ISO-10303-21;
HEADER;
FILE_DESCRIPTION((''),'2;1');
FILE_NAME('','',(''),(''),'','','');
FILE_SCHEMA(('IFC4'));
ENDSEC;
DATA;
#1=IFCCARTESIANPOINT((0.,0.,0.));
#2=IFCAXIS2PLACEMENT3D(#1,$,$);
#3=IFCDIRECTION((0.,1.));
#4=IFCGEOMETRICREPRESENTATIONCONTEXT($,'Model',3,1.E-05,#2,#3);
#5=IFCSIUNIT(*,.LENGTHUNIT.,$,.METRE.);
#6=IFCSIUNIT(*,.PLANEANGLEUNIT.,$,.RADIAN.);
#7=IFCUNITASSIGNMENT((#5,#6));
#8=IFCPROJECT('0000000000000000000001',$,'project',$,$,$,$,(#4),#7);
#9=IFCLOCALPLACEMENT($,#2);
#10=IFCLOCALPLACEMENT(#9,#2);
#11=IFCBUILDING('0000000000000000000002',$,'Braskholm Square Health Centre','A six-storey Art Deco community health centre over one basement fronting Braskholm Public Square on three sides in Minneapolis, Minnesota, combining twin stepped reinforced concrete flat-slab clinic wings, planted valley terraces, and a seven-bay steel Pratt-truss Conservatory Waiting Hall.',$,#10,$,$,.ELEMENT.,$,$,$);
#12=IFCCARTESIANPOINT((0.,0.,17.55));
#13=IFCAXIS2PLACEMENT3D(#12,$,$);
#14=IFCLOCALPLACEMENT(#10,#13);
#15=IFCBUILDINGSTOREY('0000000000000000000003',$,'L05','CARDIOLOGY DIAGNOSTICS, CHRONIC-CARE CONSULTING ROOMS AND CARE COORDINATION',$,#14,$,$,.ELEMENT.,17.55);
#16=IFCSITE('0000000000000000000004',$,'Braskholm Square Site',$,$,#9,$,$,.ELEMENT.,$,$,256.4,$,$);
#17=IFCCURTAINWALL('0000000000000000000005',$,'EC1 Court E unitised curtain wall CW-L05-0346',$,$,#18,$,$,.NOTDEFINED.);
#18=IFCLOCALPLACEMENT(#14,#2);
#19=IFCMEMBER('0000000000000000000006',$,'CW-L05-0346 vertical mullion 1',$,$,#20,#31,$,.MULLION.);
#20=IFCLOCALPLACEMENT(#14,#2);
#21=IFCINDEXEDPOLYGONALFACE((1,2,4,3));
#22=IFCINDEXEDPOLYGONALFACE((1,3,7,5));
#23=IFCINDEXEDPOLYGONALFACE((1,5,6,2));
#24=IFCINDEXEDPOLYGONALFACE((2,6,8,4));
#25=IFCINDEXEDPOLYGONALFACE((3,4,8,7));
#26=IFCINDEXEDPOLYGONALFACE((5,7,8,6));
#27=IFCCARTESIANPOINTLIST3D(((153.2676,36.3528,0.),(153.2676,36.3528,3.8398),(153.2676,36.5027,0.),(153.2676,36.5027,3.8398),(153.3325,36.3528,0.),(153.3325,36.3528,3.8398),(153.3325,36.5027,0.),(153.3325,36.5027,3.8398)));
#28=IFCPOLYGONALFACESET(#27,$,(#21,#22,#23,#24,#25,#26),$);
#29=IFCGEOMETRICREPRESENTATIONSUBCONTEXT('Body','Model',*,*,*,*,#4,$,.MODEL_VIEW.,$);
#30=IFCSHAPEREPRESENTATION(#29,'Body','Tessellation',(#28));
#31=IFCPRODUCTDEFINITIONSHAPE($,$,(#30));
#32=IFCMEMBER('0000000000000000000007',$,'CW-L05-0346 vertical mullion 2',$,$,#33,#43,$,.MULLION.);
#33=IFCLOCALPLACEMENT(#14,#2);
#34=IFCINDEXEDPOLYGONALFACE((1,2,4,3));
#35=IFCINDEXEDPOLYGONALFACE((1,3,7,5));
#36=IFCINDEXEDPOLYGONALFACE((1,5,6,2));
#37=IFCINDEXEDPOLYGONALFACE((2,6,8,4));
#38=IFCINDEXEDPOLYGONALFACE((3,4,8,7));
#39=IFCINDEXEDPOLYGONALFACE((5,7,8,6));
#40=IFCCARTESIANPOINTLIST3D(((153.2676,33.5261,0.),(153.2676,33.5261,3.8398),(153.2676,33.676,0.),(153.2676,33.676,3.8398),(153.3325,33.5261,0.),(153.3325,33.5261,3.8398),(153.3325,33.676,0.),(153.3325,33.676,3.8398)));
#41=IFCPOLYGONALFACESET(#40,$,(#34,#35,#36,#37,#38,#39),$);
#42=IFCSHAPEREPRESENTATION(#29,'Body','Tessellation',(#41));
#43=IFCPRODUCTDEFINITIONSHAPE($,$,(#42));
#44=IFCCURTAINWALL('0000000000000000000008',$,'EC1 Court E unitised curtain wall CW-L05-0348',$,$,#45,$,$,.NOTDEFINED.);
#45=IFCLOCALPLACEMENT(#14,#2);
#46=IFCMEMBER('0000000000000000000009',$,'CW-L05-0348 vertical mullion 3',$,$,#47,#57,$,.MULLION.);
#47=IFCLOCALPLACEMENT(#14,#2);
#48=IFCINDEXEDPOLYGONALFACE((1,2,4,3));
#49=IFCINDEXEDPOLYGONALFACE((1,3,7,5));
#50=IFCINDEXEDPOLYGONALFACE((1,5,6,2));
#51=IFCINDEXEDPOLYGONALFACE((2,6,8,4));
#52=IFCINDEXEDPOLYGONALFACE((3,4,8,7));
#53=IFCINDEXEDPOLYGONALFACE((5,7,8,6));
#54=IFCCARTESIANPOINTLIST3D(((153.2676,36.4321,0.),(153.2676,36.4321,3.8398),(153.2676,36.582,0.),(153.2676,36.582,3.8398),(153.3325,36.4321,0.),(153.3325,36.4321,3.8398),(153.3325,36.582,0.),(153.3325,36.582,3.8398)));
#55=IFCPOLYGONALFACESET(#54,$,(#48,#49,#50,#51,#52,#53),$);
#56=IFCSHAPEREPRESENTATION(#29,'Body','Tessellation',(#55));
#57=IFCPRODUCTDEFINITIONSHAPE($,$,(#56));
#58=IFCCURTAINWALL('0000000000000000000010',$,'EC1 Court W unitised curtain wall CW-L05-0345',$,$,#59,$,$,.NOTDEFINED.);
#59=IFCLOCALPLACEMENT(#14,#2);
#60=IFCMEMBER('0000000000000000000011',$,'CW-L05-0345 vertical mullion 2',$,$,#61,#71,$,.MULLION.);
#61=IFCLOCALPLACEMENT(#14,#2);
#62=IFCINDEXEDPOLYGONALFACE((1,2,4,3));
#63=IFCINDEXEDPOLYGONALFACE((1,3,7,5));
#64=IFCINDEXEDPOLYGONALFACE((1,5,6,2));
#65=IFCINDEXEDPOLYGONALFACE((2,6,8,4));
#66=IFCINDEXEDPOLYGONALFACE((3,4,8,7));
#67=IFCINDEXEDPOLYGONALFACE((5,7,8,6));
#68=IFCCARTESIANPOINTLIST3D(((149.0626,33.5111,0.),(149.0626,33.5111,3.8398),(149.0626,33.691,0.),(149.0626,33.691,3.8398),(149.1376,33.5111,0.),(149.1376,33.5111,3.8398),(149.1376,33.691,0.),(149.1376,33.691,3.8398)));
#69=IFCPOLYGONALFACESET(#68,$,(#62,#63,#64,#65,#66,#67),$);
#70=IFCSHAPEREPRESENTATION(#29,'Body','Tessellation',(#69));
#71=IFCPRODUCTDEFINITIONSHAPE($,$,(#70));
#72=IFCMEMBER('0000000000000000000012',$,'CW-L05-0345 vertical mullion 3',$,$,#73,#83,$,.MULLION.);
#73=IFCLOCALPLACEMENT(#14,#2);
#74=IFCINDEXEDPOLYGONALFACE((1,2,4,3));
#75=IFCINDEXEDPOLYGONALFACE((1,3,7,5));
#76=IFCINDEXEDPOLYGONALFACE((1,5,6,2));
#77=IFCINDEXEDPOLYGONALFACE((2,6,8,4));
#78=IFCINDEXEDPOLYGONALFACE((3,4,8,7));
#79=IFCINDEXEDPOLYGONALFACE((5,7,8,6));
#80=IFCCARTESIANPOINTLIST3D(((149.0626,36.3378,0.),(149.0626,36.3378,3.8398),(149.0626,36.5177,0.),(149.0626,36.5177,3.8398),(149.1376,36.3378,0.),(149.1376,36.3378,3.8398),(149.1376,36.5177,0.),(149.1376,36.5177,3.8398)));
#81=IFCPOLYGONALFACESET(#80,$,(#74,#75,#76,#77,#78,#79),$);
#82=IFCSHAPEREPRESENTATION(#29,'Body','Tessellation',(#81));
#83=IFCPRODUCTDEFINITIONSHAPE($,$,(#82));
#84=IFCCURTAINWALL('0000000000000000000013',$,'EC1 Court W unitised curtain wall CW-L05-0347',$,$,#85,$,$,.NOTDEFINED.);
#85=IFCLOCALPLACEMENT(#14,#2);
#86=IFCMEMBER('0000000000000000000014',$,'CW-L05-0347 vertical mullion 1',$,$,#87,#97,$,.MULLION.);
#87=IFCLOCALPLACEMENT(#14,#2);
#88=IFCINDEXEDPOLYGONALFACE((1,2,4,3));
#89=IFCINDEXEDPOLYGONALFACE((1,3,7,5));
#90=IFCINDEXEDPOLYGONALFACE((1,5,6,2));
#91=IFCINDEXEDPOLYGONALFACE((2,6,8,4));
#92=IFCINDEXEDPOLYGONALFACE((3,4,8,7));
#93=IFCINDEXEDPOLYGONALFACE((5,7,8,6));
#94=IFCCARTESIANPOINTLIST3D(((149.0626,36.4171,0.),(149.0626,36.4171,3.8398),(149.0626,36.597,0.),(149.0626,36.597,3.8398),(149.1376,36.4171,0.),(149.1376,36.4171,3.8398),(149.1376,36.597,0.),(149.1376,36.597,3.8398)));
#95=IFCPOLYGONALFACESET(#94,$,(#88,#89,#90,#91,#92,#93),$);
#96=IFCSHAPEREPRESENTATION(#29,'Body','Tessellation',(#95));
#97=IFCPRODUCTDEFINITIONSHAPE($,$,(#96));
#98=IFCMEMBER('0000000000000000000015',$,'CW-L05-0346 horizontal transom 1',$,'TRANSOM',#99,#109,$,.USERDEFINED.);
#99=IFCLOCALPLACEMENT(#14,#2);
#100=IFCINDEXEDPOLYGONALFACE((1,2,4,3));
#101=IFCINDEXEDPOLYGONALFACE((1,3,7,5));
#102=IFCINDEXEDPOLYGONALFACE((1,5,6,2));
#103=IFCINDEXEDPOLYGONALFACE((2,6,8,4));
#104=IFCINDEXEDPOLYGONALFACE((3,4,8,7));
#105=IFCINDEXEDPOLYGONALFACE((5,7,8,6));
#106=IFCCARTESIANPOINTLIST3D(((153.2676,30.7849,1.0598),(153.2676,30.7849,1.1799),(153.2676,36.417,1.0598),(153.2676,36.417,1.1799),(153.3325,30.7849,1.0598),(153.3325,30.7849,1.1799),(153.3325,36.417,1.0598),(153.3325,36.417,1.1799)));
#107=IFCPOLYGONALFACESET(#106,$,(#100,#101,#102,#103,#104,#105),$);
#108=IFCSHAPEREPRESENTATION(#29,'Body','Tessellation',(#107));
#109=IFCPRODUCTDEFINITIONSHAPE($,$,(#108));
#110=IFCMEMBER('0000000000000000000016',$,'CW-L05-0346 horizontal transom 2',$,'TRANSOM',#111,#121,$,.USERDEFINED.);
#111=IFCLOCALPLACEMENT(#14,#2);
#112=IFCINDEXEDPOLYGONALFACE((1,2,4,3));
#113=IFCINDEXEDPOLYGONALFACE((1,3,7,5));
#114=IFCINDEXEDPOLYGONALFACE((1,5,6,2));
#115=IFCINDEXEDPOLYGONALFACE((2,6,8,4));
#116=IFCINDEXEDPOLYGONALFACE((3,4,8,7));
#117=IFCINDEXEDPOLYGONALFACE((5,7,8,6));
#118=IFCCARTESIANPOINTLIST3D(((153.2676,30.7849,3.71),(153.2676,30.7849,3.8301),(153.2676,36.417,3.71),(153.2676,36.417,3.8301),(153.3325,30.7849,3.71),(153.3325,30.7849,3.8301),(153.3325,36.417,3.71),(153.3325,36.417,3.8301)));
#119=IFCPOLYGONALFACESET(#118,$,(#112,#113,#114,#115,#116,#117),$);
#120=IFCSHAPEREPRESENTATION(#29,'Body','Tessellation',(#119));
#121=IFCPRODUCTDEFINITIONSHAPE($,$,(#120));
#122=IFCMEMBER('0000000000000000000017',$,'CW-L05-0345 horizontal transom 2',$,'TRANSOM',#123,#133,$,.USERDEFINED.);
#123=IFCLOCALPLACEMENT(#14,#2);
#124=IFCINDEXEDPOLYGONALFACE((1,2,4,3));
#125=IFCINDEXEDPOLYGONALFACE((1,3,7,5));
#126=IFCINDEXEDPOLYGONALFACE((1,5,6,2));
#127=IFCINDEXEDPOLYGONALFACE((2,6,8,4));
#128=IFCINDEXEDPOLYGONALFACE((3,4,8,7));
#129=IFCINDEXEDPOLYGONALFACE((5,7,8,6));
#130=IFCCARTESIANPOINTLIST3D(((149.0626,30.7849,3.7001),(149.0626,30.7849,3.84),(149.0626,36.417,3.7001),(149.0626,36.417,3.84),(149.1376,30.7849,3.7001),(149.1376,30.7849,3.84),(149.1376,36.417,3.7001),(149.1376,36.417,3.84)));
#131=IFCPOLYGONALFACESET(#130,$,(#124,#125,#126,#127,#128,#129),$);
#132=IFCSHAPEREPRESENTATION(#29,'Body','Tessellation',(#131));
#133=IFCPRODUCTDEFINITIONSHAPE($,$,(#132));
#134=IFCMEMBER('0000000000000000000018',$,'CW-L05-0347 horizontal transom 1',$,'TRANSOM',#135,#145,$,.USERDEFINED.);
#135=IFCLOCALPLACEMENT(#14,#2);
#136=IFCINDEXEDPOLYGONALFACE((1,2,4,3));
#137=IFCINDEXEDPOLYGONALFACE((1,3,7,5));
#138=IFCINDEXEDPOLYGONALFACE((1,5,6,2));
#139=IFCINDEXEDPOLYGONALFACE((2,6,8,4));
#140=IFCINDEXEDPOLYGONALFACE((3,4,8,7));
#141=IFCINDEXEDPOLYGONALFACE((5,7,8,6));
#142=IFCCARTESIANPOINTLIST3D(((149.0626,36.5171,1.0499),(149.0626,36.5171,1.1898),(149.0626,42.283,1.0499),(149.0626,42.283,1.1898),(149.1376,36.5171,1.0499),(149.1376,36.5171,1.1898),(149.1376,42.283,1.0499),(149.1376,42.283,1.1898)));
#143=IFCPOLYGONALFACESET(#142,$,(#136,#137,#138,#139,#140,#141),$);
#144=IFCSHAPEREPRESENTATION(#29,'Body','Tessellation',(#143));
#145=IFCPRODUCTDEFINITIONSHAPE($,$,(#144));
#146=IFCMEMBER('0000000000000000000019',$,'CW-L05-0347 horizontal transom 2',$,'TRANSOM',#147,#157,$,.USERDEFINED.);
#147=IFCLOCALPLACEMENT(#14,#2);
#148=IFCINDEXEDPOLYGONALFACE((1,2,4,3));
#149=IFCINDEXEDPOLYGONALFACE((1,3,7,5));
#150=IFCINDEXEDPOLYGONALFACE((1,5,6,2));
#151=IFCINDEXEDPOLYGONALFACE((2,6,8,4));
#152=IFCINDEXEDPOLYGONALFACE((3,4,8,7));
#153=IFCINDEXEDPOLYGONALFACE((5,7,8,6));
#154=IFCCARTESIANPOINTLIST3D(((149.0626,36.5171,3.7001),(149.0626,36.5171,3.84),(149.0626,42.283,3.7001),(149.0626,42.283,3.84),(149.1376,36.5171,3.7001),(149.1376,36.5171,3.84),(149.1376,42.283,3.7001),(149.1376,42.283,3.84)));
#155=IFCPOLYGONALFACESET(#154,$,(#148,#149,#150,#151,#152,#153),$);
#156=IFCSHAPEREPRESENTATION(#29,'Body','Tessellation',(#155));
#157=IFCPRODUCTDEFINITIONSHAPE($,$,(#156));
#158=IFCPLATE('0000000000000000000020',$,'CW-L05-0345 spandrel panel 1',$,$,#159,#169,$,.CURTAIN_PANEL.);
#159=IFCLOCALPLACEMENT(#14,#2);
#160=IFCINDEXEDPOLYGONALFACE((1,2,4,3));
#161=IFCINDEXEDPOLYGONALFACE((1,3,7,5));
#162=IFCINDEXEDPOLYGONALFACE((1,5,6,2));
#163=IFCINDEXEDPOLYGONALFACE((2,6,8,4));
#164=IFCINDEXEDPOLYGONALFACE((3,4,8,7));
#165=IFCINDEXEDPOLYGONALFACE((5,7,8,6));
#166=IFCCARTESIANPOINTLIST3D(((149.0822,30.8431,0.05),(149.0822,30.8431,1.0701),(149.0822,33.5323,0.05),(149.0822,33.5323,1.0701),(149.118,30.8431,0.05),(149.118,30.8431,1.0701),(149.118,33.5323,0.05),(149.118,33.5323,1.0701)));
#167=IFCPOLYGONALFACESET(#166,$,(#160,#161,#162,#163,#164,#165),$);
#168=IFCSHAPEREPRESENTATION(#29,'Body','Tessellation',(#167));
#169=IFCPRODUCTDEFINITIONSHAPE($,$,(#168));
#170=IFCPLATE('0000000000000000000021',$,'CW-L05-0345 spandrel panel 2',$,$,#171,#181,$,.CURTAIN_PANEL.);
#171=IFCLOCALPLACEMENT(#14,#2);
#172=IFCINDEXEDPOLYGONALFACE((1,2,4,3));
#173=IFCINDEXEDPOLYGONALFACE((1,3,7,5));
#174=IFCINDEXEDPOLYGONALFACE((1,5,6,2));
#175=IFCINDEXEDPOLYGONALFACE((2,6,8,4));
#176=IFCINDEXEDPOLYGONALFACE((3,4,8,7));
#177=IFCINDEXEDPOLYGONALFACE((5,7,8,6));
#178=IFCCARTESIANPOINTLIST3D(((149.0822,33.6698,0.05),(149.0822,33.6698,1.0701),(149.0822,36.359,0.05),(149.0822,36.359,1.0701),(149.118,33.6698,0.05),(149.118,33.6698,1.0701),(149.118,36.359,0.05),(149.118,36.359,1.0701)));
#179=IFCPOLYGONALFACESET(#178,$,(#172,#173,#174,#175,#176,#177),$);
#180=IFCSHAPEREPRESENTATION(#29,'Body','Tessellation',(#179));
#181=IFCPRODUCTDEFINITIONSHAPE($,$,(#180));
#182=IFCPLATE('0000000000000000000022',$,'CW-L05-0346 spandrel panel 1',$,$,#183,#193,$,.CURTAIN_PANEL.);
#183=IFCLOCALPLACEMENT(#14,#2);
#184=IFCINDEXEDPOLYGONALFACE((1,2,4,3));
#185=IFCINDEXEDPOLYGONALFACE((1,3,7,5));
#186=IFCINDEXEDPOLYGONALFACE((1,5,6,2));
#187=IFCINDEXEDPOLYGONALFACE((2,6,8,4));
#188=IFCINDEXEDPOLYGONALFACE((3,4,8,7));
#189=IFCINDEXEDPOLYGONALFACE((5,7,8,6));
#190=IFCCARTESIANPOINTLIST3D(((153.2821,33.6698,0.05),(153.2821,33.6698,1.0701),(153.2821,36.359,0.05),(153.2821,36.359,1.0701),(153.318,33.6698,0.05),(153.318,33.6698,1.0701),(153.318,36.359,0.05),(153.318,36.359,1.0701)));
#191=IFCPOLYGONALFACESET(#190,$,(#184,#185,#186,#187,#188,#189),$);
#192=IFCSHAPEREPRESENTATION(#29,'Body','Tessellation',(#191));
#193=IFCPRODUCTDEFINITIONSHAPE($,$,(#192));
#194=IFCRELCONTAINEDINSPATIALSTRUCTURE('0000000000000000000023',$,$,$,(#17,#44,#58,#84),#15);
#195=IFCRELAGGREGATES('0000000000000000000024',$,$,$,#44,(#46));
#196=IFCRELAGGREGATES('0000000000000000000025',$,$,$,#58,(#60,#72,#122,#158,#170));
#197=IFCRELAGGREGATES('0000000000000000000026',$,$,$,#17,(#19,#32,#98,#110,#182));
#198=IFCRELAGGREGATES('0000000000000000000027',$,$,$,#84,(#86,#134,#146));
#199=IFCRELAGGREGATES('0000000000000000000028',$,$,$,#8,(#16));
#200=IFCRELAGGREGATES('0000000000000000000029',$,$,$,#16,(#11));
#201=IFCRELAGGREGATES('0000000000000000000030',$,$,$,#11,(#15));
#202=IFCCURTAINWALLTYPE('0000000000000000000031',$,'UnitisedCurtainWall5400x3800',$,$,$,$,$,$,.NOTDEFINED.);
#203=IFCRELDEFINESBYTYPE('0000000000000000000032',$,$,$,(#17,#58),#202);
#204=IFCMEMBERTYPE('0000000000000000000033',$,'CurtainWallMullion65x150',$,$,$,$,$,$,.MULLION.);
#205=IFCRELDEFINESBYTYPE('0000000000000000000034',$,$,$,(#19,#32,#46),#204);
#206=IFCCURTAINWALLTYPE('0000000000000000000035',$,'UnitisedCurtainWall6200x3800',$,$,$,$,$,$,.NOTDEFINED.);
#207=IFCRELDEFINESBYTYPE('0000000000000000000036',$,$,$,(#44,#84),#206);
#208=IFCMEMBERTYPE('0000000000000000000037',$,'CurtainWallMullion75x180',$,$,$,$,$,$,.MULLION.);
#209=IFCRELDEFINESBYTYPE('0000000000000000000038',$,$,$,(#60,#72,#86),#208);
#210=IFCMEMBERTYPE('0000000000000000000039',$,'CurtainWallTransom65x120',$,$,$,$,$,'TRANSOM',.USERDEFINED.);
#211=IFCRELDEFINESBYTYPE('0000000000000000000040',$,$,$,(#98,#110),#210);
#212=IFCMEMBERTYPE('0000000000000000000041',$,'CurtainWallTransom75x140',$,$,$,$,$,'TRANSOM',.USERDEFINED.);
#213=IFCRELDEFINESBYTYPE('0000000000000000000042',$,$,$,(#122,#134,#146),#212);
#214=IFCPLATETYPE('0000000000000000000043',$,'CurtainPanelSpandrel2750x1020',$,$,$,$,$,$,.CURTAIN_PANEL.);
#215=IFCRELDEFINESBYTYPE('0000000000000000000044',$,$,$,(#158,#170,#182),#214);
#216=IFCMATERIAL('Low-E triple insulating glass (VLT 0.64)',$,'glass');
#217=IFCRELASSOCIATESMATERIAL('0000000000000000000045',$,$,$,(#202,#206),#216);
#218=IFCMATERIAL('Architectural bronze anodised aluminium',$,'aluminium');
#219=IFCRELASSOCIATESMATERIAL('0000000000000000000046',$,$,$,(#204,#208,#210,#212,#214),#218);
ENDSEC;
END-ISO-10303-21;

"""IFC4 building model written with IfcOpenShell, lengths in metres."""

from ifc_helpers import new_model, si_unit, direction, frame, origin, origin_2d, place, context, subcontext, project, spatial, rectangle, extrude, material, material_profile, profile_set, type_object, element, aggregate, save


model = new_model("IFC4")

# Units and contexts
model_context = context("Model", 3, precision=1e-05, world=origin(), true_north=direction((0.0, 1.0)))
body_context = subcontext(model_context, "Body", "Model", "MODEL_VIEW")
ifc_project = project(units=[si_unit("LENGTHUNIT", "METRE"), si_unit("PLANEANGLEUNIT", "RADIAN")], contexts=[model_context])

# Site, building, storey
site_placement = place(None, origin())
site = spatial("IfcSite", under=ifc_project, at=site_placement, Name="Braskholm Square Site", CompositionType="ELEMENT", RefElevation=256.4)
building_placement = place(site_placement, origin())
building = spatial("IfcBuilding", under=site, at=building_placement, Name="Braskholm Square Health Centre", Description="A six-storey Art Deco community health centre over one basement fronting Braskholm Public Square on three sides in Minneapolis, Minnesota, combining twin stepped reinforced concrete flat-slab clinic wings, planted valley terraces, and a seven-bay steel Pratt-truss Conservatory Waiting Hall.", CompositionType="ELEMENT")
storey_placement = place(building_placement, frame((0.0, 0.0, 17.55)))
storey = spatial("IfcBuildingStorey", under=building, at=storey_placement, Name="L05", Description="CARDIOLOGY DIAGNOSTICS, CHRONIC-CARE CONSULTING ROOMS AND CARE COORDINATION", CompositionType="ELEMENT", Elevation=17.55)

# Curtain wall, members
ifc_material_1 = material(Name="Low-E triple insulating glass (VLT 0.64)", Category="glass")
curtain_wall_type_1 = type_object("IfcCurtainWallType", Name="UnitisedCurtainWall5400x3800", PredefinedType="NOTDEFINED", material=ifc_material_1)
curtain_wall_1_placement = place(storey_placement, origin())
curtain_wall_1 = element("IfcCurtainWall", 1, at=curtain_wall_1_placement, inside=storey, type_object=curtain_wall_type_1, Name="EC1 Court E unitised curtain wall CW-L05-0346", PredefinedType="NOTDEFINED")
ifc_material_2 = material(Name="Architectural bronze anodised aluminium", Category="aluminium")
ifc_material_profile_1 = material_profile(ifc_material_2, rectangle(XDim=0.0649, YDim=0.1499, at=origin_2d()), Name="ALU-65X150")
ifc_profile_set_1 = profile_set([ifc_material_profile_1], Name="Architectural bronze anodised aluminium")
member_type_1 = type_object("IfcMemberType", Name="CurtainWallMullion65x150", PredefinedType="MULLION", material=ifc_profile_set_1)
member_1_placement = place(storey_placement, frame((153.3, 36.4277, 0.0), z_axis=(0.0, 0.0, 1.0), x_axis=(1.0, 0.0, 0.0)))
member_1 = element("IfcMember", 2, at=member_1_placement, type_object=member_type_1, Name="CW-L05-0346 vertical mullion 1", PredefinedType="MULLION", context=body_context, shape_type="SweptSolid", body=[
    extrude(rectangle(XDim=0.0649, YDim=0.1499, at=origin_2d()), origin(), (0.0, 0.0, 1.0), 3.8398),
])
member_2_placement = place(storey_placement, frame((153.3, 33.6011, 0.0), z_axis=(0.0, 0.0, 1.0), x_axis=(1.0, 0.0, 0.0)))
member_2 = element("IfcMember", 3, at=member_2_placement, type_object=member_type_1, Name="CW-L05-0346 vertical mullion 2", PredefinedType="MULLION", context=body_context, shape_type="SweptSolid", body=[
    extrude(rectangle(XDim=0.0649, YDim=0.1499, at=origin_2d()), origin(), (0.0, 0.0, 1.0), 3.8398),
])

# Curtain wall, member
curtain_wall_type_2 = type_object("IfcCurtainWallType", Name="UnitisedCurtainWall6200x3800", PredefinedType="NOTDEFINED", material=ifc_material_1)
curtain_wall_2_placement = place(storey_placement, origin())
curtain_wall_2 = element("IfcCurtainWall", 4, at=curtain_wall_2_placement, inside=storey, type_object=curtain_wall_type_2, Name="EC1 Court E unitised curtain wall CW-L05-0348", PredefinedType="NOTDEFINED")
member_3_placement = place(storey_placement, frame((153.3, 36.5071, 0.0), z_axis=(0.0, 0.0, 1.0), x_axis=(1.0, 0.0, 0.0)))
member_3 = element("IfcMember", 5, at=member_3_placement, type_object=member_type_1, Name="CW-L05-0348 vertical mullion 3", PredefinedType="MULLION", context=body_context, shape_type="SweptSolid", body=[
    extrude(rectangle(XDim=0.0649, YDim=0.1499, at=origin_2d()), origin(), (0.0, 0.0, 1.0), 3.8398),
])
aggregate(curtain_wall_2, [member_3])

# Curtain wall, members
curtain_wall_3_placement = place(storey_placement, origin())
curtain_wall_3 = element("IfcCurtainWall", 6, at=curtain_wall_3_placement, inside=storey, type_object=curtain_wall_type_1, Name="EC1 Court W unitised curtain wall CW-L05-0345", PredefinedType="NOTDEFINED")
ifc_material_profile_2 = material_profile(ifc_material_2, rectangle(XDim=0.075, YDim=0.1799, at=origin_2d()), Name="ALU-75X180")
ifc_profile_set_2 = profile_set([ifc_material_profile_2], Name="Architectural bronze anodised aluminium")
member_type_2 = type_object("IfcMemberType", Name="CurtainWallMullion75x180", PredefinedType="MULLION", material=ifc_profile_set_2)
member_4_placement = place(storey_placement, frame((149.1001, 33.6011, 0.0), z_axis=(0.0, 0.0, 1.0), x_axis=(1.0, 0.0, 0.0)))
member_4 = element("IfcMember", 7, at=member_4_placement, type_object=member_type_2, Name="CW-L05-0345 vertical mullion 2", PredefinedType="MULLION", context=body_context, shape_type="SweptSolid", body=[
    extrude(rectangle(XDim=0.075, YDim=0.1799, at=origin_2d()), origin(), (0.0, 0.0, 1.0), 3.8398),
])
member_5_placement = place(storey_placement, frame((149.1001, 36.4277, 0.0), z_axis=(0.0, 0.0, 1.0), x_axis=(1.0, 0.0, 0.0)))
member_5 = element("IfcMember", 8, at=member_5_placement, type_object=member_type_2, Name="CW-L05-0345 vertical mullion 3", PredefinedType="MULLION", context=body_context, shape_type="SweptSolid", body=[
    extrude(rectangle(XDim=0.075, YDim=0.1799, at=origin_2d()), origin(), (0.0, 0.0, 1.0), 3.8398),
])

# Curtain wall, member
curtain_wall_4_placement = place(storey_placement, origin())
curtain_wall_4 = element("IfcCurtainWall", 9, at=curtain_wall_4_placement, inside=storey, type_object=curtain_wall_type_2, Name="EC1 Court W unitised curtain wall CW-L05-0347", PredefinedType="NOTDEFINED")
member_6_placement = place(storey_placement, frame((149.1001, 36.5071, 0.0), z_axis=(0.0, 0.0, 1.0), x_axis=(1.0, 0.0, 0.0)))
member_6 = element("IfcMember", 10, at=member_6_placement, type_object=member_type_2, Name="CW-L05-0347 vertical mullion 1", PredefinedType="MULLION", context=body_context, shape_type="SweptSolid", body=[
    extrude(rectangle(XDim=0.075, YDim=0.1799, at=origin_2d()), origin(), (0.0, 0.0, 1.0), 3.8398),
])

# Members
ifc_material_profile_3 = material_profile(ifc_material_2, rectangle(XDim=0.0649, YDim=0.1201, at=origin_2d()), Name="ALU-65X120")
ifc_profile_set_3 = profile_set([ifc_material_profile_3], Name="Architectural bronze anodised aluminium")
member_type_3 = type_object("IfcMemberType", Name="CurtainWallTransom65x120", ElementType="TRANSOM", PredefinedType="USERDEFINED", material=ifc_profile_set_3)
member_7_placement = place(storey_placement, frame((153.3, 36.417, 1.1199), z_axis=(0.0, -1.0, 0.0), x_axis=(1.0, 0.0, 0.0)))
member_7 = element("IfcMember", 11, at=member_7_placement, type_object=member_type_3, Name="CW-L05-0346 horizontal transom 1", ObjectType="TRANSOM", PredefinedType="USERDEFINED", context=body_context, shape_type="SweptSolid", body=[
    extrude(rectangle(XDim=0.0649, YDim=0.1201, at=origin_2d()), origin(), (0.0, 0.0, 1.0), 5.6321),
])
member_8_placement = place(storey_placement, frame((153.3, 36.417, 3.77), z_axis=(0.0, -1.0, 0.0), x_axis=(1.0, 0.0, 0.0)))
member_8 = element("IfcMember", 12, at=member_8_placement, type_object=member_type_3, Name="CW-L05-0346 horizontal transom 2", ObjectType="TRANSOM", PredefinedType="USERDEFINED", context=body_context, shape_type="SweptSolid", body=[
    extrude(rectangle(XDim=0.0649, YDim=0.1201, at=origin_2d()), origin(), (0.0, 0.0, 1.0), 5.6321),
])
ifc_material_profile_4 = material_profile(ifc_material_2, rectangle(XDim=0.075, YDim=0.1399, at=origin_2d()), Name="ALU-75X140")
ifc_profile_set_4 = profile_set([ifc_material_profile_4], Name="Architectural bronze anodised aluminium")
member_type_4 = type_object("IfcMemberType", Name="CurtainWallTransom75x140", ElementType="TRANSOM", PredefinedType="USERDEFINED", material=ifc_profile_set_4)
member_9_placement = place(storey_placement, frame((149.1001, 30.7849, 3.77), z_axis=(0.0, 1.0, 0.0), x_axis=(-1.0, 0.0, 0.0)))
member_9 = element("IfcMember", 13, at=member_9_placement, type_object=member_type_4, Name="CW-L05-0345 horizontal transom 2", ObjectType="TRANSOM", PredefinedType="USERDEFINED", context=body_context, shape_type="SweptSolid", body=[
    extrude(rectangle(XDim=0.075, YDim=0.1399, at=origin_2d()), origin(), (0.0, 0.0, 1.0), 5.6321),
])
member_10_placement = place(storey_placement, frame((149.1001, 36.5171, 1.1199), z_axis=(0.0, 1.0, 0.0), x_axis=(-1.0, 0.0, 0.0)))
member_10 = element("IfcMember", 14, at=member_10_placement, type_object=member_type_4, Name="CW-L05-0347 horizontal transom 1", ObjectType="TRANSOM", PredefinedType="USERDEFINED", context=body_context, shape_type="SweptSolid", body=[
    extrude(rectangle(XDim=0.075, YDim=0.1399, at=origin_2d()), origin(), (0.0, 0.0, 1.0), 5.7659),
])
member_11_placement = place(storey_placement, frame((149.1001, 36.5171, 3.77), z_axis=(0.0, 1.0, 0.0), x_axis=(-1.0, 0.0, 0.0)))
member_11 = element("IfcMember", 15, at=member_11_placement, type_object=member_type_4, Name="CW-L05-0347 horizontal transom 2", ObjectType="TRANSOM", PredefinedType="USERDEFINED", context=body_context, shape_type="SweptSolid", body=[
    extrude(rectangle(XDim=0.075, YDim=0.1399, at=origin_2d()), origin(), (0.0, 0.0, 1.0), 5.7659),
])

# Plates
plate_type_1 = type_object("IfcPlateType", Name="CurtainPanelSpandrel2750x1020", PredefinedType="CURTAIN_PANEL", material=ifc_material_2)
plate_1_placement = place(storey_placement, frame((149.1001, 32.1877, 0.05), z_axis=(0.0, 0.0, 1.0), x_axis=(0.0, 1.0, 0.0)))
plate_1 = element("IfcPlate", 16, at=plate_1_placement, type_object=plate_type_1, Name="CW-L05-0345 spandrel panel 1", PredefinedType="CURTAIN_PANEL", context=body_context, shape_type="SweptSolid", body=[
    extrude(rectangle(XDim=2.6892, YDim=0.0359, at=origin_2d()), origin(), (0.0, 0.0, 1.0), 1.02),
])
plate_2_placement = place(storey_placement, frame((149.1001, 35.0144, 0.05), z_axis=(0.0, 0.0, 1.0), x_axis=(0.0, 1.0, 0.0)))
plate_2 = element("IfcPlate", 17, at=plate_2_placement, type_object=plate_type_1, Name="CW-L05-0345 spandrel panel 2", PredefinedType="CURTAIN_PANEL", context=body_context, shape_type="SweptSolid", body=[
    extrude(rectangle(XDim=2.6892, YDim=0.0359, at=origin_2d()), origin(), (0.0, 0.0, 1.0), 1.02),
])
plate_3_placement = place(storey_placement, frame((153.3, 35.0144, 0.05), z_axis=(0.0, 0.0, 1.0), x_axis=(0.0, -1.0, 0.0)))
plate_3 = element("IfcPlate", 18, at=plate_3_placement, type_object=plate_type_1, Name="CW-L05-0346 spandrel panel 1", PredefinedType="CURTAIN_PANEL", context=body_context, shape_type="SweptSolid", body=[
    extrude(rectangle(XDim=2.6892, YDim=0.0359, at=origin_2d()), origin(), (0.0, 0.0, 1.0), 1.02),
])
aggregate(curtain_wall_3, [member_4, member_5, member_9, plate_1, plate_2])
aggregate(curtain_wall_1, [member_1, member_2, member_7, member_8, plate_3])
aggregate(curtain_wall_4, [member_6, member_10, member_11])

save(model, "model.ifc")
